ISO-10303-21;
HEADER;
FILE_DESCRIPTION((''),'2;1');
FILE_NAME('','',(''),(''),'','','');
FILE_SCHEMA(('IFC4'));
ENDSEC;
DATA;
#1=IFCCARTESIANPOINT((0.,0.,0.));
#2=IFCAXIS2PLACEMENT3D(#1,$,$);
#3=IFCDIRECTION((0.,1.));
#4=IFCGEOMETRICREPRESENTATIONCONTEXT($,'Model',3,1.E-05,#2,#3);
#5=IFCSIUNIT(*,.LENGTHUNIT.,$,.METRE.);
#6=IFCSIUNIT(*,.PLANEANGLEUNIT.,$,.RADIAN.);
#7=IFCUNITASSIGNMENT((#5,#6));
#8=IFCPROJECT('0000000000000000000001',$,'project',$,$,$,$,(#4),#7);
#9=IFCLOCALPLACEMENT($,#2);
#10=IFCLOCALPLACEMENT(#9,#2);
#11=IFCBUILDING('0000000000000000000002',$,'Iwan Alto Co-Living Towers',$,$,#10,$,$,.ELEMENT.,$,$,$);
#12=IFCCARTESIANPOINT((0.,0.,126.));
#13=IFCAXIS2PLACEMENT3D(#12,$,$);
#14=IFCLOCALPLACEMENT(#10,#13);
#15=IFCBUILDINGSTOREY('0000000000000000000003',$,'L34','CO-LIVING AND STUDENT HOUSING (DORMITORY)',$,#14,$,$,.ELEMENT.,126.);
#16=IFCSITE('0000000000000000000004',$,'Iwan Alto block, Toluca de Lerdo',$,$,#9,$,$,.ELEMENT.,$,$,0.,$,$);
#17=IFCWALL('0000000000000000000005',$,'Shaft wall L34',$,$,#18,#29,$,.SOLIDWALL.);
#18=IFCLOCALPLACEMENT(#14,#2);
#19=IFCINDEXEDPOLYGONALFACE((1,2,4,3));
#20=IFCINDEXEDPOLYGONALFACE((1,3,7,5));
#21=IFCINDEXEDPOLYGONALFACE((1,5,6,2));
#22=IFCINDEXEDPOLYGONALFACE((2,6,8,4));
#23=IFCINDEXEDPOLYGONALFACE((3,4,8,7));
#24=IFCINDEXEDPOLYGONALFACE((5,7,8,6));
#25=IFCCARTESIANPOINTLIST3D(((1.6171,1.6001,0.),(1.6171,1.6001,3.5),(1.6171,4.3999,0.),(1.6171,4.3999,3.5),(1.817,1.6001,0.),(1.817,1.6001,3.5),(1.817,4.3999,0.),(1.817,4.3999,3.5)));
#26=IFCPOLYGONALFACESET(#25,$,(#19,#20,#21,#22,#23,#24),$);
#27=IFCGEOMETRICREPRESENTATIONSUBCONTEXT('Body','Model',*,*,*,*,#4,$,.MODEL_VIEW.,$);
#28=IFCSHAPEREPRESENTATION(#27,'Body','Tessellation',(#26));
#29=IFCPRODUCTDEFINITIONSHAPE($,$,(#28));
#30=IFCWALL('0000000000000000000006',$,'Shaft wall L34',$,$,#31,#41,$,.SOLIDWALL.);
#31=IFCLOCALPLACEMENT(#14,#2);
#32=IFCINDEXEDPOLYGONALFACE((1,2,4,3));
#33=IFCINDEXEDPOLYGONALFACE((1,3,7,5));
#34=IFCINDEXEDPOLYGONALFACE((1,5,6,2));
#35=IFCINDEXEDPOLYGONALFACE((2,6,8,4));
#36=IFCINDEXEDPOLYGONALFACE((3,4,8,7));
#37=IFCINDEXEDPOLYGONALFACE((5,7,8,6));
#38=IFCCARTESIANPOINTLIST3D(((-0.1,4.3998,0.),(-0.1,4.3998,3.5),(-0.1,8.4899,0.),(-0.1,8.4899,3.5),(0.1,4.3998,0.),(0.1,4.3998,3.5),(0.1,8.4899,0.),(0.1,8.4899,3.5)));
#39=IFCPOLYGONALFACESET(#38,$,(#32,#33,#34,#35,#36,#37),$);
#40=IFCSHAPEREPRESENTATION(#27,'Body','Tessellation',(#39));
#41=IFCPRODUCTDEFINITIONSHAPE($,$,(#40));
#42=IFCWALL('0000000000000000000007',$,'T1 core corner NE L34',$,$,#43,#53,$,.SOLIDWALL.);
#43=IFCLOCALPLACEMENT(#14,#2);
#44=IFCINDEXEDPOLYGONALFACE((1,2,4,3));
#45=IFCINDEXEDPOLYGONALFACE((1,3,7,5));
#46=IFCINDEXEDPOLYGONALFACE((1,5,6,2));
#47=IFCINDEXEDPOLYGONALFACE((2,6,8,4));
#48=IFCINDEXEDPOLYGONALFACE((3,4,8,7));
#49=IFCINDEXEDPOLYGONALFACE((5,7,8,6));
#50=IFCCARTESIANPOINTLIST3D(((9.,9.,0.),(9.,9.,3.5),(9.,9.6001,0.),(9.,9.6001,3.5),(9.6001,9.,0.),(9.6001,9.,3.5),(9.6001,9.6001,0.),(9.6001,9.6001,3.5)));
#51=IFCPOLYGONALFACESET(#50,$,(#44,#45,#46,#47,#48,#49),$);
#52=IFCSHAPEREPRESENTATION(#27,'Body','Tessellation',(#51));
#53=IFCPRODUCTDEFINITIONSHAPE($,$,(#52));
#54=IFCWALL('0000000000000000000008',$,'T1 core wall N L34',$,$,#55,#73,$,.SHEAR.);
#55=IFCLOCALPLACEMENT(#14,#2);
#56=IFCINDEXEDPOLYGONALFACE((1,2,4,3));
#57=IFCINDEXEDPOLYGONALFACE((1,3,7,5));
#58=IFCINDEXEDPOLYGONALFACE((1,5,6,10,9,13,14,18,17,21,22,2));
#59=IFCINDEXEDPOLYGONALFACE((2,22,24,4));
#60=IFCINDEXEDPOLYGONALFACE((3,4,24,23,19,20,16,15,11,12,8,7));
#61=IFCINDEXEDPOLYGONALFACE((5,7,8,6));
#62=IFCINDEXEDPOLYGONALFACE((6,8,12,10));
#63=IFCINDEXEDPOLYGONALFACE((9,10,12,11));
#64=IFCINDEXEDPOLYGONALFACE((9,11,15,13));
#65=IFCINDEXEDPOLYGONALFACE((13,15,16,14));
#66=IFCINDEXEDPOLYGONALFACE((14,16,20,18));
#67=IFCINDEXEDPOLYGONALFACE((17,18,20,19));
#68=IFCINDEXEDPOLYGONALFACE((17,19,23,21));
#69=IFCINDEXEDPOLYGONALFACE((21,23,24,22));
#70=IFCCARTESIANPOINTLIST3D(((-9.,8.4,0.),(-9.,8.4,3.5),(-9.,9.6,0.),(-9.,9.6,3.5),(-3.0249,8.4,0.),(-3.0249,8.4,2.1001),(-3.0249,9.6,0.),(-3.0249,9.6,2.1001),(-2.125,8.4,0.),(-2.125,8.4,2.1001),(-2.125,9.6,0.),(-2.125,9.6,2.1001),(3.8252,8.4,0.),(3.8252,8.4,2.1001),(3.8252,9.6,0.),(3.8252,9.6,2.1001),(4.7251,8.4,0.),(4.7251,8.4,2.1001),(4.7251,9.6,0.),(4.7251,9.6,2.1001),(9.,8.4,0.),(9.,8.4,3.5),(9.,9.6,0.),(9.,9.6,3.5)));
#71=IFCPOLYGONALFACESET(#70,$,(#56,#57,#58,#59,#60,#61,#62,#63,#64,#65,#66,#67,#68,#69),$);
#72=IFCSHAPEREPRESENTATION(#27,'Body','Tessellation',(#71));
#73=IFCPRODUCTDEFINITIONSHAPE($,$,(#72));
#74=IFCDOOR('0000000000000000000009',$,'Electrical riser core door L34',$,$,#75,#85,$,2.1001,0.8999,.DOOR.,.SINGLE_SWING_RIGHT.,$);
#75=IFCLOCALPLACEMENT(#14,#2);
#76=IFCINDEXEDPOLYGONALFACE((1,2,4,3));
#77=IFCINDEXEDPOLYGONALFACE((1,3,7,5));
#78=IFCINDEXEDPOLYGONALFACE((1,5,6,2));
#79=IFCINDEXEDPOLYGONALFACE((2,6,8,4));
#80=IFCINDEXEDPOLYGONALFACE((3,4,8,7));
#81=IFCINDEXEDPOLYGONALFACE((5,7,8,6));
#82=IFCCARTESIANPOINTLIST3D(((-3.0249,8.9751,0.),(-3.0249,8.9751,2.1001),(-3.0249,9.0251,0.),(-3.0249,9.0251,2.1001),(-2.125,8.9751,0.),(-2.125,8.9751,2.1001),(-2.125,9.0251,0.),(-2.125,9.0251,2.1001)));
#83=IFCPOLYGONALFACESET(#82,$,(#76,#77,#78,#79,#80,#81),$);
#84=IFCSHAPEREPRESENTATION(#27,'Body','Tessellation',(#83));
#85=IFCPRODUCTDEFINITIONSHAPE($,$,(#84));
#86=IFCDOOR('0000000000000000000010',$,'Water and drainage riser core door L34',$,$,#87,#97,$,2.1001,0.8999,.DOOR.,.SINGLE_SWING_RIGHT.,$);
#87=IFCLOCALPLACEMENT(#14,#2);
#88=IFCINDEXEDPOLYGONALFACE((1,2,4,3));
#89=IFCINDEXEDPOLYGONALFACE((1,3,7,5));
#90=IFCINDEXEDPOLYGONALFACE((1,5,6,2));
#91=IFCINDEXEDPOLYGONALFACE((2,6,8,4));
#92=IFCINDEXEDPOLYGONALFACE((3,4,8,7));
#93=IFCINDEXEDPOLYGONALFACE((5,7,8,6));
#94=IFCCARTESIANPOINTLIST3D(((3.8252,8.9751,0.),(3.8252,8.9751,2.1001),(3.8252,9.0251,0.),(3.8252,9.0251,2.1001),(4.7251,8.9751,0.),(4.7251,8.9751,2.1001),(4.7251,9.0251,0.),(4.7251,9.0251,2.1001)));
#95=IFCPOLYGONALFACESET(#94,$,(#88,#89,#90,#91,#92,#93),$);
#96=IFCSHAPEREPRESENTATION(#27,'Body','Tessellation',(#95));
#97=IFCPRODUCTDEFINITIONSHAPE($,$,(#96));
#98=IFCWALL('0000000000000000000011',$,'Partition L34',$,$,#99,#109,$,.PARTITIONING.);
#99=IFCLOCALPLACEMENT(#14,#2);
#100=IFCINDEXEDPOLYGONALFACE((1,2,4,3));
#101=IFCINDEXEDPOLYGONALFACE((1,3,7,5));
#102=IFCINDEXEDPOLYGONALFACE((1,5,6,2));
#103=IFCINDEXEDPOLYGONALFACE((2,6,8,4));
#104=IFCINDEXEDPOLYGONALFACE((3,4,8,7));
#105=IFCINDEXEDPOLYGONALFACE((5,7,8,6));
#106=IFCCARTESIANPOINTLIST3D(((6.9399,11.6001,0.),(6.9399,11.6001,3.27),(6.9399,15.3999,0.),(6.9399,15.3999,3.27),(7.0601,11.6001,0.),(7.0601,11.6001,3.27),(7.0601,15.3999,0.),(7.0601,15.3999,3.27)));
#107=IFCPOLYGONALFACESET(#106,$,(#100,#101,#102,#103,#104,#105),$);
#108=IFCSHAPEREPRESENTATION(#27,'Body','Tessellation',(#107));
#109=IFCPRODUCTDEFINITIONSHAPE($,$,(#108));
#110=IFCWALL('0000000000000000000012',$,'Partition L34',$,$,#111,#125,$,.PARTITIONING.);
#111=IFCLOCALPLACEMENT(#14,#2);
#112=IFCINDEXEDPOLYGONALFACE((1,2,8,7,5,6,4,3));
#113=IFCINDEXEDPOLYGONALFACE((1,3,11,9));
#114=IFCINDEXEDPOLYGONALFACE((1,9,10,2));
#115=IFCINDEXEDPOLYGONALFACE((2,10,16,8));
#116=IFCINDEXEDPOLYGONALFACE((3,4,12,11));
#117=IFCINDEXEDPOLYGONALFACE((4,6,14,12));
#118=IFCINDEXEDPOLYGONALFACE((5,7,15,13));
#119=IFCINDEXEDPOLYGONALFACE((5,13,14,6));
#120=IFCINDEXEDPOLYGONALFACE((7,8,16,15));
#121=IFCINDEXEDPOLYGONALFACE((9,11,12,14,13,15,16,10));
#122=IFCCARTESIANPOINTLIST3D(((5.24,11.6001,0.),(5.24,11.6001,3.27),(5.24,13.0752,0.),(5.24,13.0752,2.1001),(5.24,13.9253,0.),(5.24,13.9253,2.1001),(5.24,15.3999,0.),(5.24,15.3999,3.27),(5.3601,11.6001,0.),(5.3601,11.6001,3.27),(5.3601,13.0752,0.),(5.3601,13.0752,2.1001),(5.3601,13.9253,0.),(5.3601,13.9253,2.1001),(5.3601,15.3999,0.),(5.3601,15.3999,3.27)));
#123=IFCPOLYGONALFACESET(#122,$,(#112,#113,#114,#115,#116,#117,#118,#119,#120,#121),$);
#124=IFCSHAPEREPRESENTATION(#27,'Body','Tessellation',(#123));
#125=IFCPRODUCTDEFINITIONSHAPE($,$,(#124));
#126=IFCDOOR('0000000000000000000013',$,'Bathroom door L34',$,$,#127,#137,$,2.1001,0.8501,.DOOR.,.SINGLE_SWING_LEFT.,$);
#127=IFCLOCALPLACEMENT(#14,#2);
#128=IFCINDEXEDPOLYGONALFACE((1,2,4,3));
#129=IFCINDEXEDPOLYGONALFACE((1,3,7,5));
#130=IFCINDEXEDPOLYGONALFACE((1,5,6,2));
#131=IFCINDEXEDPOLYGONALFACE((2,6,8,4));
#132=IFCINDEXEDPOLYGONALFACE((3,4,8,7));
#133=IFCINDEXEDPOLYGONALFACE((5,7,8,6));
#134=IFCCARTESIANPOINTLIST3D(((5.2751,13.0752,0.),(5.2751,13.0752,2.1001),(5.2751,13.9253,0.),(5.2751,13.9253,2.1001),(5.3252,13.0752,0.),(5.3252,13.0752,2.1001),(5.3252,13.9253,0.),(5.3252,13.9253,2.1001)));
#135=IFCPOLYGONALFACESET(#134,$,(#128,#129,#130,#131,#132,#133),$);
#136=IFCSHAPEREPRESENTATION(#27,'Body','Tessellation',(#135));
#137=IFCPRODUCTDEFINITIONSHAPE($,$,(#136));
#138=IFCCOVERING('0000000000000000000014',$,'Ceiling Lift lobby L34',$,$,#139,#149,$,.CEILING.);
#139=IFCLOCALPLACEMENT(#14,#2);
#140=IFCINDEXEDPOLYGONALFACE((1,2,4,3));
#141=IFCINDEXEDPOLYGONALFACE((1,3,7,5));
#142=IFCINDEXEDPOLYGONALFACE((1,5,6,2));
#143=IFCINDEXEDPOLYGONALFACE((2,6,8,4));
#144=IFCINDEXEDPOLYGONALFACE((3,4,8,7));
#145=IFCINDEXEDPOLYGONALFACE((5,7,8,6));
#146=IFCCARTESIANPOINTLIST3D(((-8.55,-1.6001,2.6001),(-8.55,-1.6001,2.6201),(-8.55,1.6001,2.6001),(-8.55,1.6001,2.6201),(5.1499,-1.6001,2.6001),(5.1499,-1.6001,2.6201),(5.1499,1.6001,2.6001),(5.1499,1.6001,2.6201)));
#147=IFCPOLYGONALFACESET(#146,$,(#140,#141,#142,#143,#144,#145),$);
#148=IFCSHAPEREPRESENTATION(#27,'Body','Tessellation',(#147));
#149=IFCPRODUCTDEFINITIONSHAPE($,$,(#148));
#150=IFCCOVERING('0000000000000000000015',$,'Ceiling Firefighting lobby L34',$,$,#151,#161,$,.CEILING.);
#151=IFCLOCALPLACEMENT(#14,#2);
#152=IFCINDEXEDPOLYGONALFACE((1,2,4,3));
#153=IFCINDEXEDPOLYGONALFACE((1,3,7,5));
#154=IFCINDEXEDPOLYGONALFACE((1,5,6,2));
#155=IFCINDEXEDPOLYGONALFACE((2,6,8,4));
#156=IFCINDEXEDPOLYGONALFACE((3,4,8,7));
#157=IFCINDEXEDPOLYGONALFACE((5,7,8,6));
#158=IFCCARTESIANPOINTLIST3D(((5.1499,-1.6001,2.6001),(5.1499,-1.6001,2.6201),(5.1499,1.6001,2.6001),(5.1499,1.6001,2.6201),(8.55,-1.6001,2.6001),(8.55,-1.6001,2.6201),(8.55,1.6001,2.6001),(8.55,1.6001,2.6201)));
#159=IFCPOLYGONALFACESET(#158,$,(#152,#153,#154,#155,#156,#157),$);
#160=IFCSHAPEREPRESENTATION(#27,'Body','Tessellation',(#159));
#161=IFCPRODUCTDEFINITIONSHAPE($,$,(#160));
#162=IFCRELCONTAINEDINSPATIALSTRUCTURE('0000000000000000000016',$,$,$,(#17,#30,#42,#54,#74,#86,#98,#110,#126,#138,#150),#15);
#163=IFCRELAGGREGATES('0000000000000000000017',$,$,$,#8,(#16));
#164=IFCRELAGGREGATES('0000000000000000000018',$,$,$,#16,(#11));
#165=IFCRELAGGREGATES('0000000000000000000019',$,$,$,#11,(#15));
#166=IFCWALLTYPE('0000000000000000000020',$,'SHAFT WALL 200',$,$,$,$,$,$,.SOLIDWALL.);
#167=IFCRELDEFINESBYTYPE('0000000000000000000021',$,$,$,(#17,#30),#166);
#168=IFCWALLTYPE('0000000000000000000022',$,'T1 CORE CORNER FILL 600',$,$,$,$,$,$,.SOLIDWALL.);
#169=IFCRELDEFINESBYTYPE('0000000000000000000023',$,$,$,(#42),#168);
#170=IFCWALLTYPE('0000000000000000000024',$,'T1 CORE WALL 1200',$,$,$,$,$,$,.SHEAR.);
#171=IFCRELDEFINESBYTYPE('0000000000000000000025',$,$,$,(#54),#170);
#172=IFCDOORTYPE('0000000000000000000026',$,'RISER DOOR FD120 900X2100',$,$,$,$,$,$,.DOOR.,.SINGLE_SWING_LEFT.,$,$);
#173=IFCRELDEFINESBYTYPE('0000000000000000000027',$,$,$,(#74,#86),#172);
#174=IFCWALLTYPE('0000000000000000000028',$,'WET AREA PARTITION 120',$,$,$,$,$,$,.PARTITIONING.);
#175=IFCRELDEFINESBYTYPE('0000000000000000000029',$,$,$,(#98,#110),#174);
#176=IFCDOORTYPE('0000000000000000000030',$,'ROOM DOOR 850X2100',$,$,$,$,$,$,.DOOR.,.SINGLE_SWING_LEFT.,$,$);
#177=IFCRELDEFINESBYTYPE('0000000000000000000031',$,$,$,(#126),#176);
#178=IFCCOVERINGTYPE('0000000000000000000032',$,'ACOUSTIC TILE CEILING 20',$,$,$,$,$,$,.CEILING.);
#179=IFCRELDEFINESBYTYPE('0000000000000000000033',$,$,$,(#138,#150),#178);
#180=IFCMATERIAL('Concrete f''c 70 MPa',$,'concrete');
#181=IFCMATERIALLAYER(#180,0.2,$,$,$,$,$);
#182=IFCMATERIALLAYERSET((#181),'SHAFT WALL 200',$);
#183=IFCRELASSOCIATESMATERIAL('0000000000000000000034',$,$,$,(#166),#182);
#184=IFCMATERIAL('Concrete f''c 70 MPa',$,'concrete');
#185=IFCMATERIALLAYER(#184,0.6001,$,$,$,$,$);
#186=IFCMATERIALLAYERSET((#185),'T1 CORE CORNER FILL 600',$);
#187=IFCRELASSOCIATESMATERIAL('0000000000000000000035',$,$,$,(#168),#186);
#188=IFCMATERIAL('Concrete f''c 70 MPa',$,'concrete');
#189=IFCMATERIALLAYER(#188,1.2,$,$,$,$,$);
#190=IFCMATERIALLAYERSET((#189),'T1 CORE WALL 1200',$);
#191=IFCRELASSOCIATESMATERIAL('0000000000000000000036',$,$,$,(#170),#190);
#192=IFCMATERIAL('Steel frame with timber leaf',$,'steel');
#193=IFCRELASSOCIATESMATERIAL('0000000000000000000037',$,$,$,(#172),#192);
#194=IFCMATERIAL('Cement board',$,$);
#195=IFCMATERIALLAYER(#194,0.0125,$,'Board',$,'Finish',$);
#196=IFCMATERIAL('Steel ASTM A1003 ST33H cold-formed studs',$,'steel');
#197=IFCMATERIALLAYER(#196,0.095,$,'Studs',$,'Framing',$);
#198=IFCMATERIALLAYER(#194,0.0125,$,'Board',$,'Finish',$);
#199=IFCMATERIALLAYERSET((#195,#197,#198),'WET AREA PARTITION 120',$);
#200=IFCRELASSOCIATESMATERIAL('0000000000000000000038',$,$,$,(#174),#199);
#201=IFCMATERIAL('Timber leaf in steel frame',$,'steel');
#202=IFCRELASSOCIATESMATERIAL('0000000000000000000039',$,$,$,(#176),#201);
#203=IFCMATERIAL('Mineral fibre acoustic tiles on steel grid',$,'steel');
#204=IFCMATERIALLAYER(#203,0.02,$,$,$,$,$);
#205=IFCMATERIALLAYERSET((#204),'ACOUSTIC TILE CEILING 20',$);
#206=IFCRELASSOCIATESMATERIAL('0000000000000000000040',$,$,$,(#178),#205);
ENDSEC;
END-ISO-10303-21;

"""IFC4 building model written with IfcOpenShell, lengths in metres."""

from ifc_helpers import new_model, si_unit, direction, frame, frame_2d, origin, place, context, subcontext, project, spatial, polyline, rectangle, outline, extrude, material, layer, layer_set, type_object, element, fill, save


model = new_model("IFC4")

# Units and contexts
model_context = context("Model", 3, precision=1e-05, world=origin(), true_north=direction((0.0, 1.0)))
body_context = subcontext(model_context, "Body", "Model", "MODEL_VIEW")
ifc_project = project(units=[si_unit("LENGTHUNIT", "METRE"), si_unit("PLANEANGLEUNIT", "RADIAN")], contexts=[model_context])

# Site, building, storey
site_placement = place(None, origin())
site = spatial("IfcSite", under=ifc_project, at=site_placement, Name="Iwan Alto block, Toluca de Lerdo", CompositionType="ELEMENT", RefElevation=0.0)
building_placement = place(site_placement, origin())
building = spatial("IfcBuilding", under=site, at=building_placement, Name="Iwan Alto Co-Living Towers", CompositionType="ELEMENT")
storey_placement = place(building_placement, frame((0.0, 0.0, 126.0)))
storey = spatial("IfcBuildingStorey", under=building, at=storey_placement, Name="L34", Description="CO-LIVING AND STUDENT HOUSING (DORMITORY)", CompositionType="ELEMENT", Elevation=126.0)

# Walls
ifc_material_1 = material(Name="Steel ASTM A1003 ST33H cold-formed studs", Category="steel")
ifc_material_2 = material(Name="Concrete f'c 70 MPa", Category="concrete")
ifc_layer_1 = layer(ifc_material_2, 0.2)
ifc_layer_set_1 = layer_set([ifc_layer_1], Name="SHAFT WALL 200")
wall_type_1 = type_object("IfcWallType", Name="SHAFT WALL 200", PredefinedType="SOLIDWALL", material=ifc_layer_set_1)
wall_1_placement = place(storey_placement, frame((1.717, 1.6001, 0.0), z_axis=(0.0, 0.0, 1.0), x_axis=(0.0, 1.0, 0.0)))
element("IfcWall", 1, at=wall_1_placement, inside=storey, type_object=wall_type_1, Name="Shaft wall L34", PredefinedType="SOLIDWALL", context=body_context, shape_type="SweptSolid", body=[
    extrude(rectangle(XDim=2.7998, YDim=0.2, at=frame_2d((1.3999, 0.0))), origin(), (0.0, 0.0, 1.0), 3.5),
])
wall_2_placement = place(storey_placement, frame((0.0, 4.3999, 0.0), z_axis=(0.0, 0.0, 1.0), x_axis=(0.0, 1.0, 0.0)))
element("IfcWall", 2, at=wall_2_placement, inside=storey, type_object=wall_type_1, Name="Shaft wall L34", PredefinedType="SOLIDWALL", context=body_context, shape_type="SweptSolid", body=[
    extrude(rectangle(XDim=4.0901, YDim=0.2, at=frame_2d((2.0449, 0.0))), origin(), (0.0, 0.0, 1.0), 3.5),
])
ifc_material_3 = material(Name="Concrete f'c 70 MPa", Category="concrete")
ifc_layer_2 = layer(ifc_material_3, 0.6001)
ifc_layer_set_2 = layer_set([ifc_layer_2], Name="T1 CORE CORNER FILL 600")
wall_type_2 = type_object("IfcWallType", Name="T1 CORE CORNER FILL 600", PredefinedType="SOLIDWALL", material=ifc_layer_set_2)
wall_3_placement = place(storey_placement, frame((9.0, 9.3, 0.0), z_axis=(0.0, 0.0, 1.0), x_axis=(1.0, 0.0, 0.0)))
element("IfcWall", 3, at=wall_3_placement, inside=storey, type_object=wall_type_2, Name="T1 core corner NE L34", PredefinedType="SOLIDWALL", context=body_context, shape_type="SweptSolid", body=[
    extrude(rectangle(XDim=0.6001, YDim=0.6001, at=frame_2d((0.3, 0.0))), origin(), (0.0, 0.0, 1.0), 3.5),
])

# Wall, openings, doors
ifc_material_4 = material(Name="Concrete f'c 70 MPa", Category="concrete")
ifc_layer_3 = layer(ifc_material_4, 1.2)
ifc_layer_set_3 = layer_set([ifc_layer_3], Name="T1 CORE WALL 1200")
wall_type_3 = type_object("IfcWallType", Name="T1 CORE WALL 1200", PredefinedType="SHEAR", material=ifc_layer_set_3)
wall_4_placement = place(storey_placement, frame((9.0, 9.0, 0.0), z_axis=(0.0, 0.0, 1.0), x_axis=(-1.0, 0.0, 0.0)))
wall_4 = element("IfcWall", 4, at=wall_4_placement, inside=storey, type_object=wall_type_3, Name="T1 core wall N L34", PredefinedType="SHEAR", context=body_context, shape_type="SweptSolid", body=[
    extrude(rectangle(XDim=18.0, YDim=1.2, at=frame_2d((9.0, 0.0))), origin(), (0.0, 0.0, 1.0), 3.5),
])
opening_1_placement = place(wall_4_placement, frame((11.125, 0.0, 0.0)))
opening_1 = element("IfcOpeningElement", 5, at=opening_1_placement, cuts=wall_4, PredefinedType="OPENING", context=body_context, shape_type="SweptSolid", body=[
    extrude(rectangle(XDim=0.8999, YDim=2.1001, at=frame_2d((0.45, 1.05))), frame((0.0, 0.6099, 0.0), z_axis=(0.0, -1.0, 0.0), x_axis=(1.0, 0.0, 0.0)), (0.0, 0.0, 1.0), 1.22),
])
opening_2_placement = place(wall_4_placement, frame((4.2749, 0.0, 0.0)))
opening_2 = element("IfcOpeningElement", 6, at=opening_2_placement, cuts=wall_4, PredefinedType="OPENING", context=body_context, shape_type="SweptSolid", body=[
    extrude(rectangle(XDim=0.8999, YDim=2.1001, at=frame_2d((0.45, 1.05))), frame((0.0, 0.6099, 0.0), z_axis=(0.0, -1.0, 0.0), x_axis=(1.0, 0.0, 0.0)), (0.0, 0.0, 1.0), 1.22),
])
ifc_material_5 = material(Name="Steel frame with timber leaf", Category="steel")
door_type_1 = type_object("IfcDoorType", Name="RISER DOOR FD120 900X2100", OperationType="SINGLE_SWING_LEFT", PredefinedType="DOOR", material=ifc_material_5)
door_1_placement = place(opening_1_placement, origin())
door_1 = element("IfcDoor", 7, at=door_1_placement, inside=storey, type_object=door_type_1, Name="Electrical riser core door L34", OperationType="SINGLE_SWING_RIGHT", OverallHeight=2.1001, OverallWidth=0.8999, PredefinedType="DOOR", context=body_context, shape_type="SweptSolid", body=[
    extrude(rectangle(XDim=0.8999, YDim=2.1001, at=frame_2d((0.45, 1.05))), frame((0.0, 0.0249, 0.0), z_axis=(0.0, -1.0, 0.0), x_axis=(1.0, 0.0, 0.0)), (0.0, 0.0, 1.0), 0.05),
])
fill(opening_1, door_1)
door_2_placement = place(opening_2_placement, origin())
door_2 = element("IfcDoor", 8, at=door_2_placement, inside=storey, type_object=door_type_1, Name="Water and drainage riser core door L34", OperationType="SINGLE_SWING_RIGHT", OverallHeight=2.1001, OverallWidth=0.8999, PredefinedType="DOOR", context=body_context, shape_type="SweptSolid", body=[
    extrude(rectangle(XDim=0.8999, YDim=2.1001, at=frame_2d((0.45, 1.05))), frame((0.0, 0.0249, 0.0), z_axis=(0.0, -1.0, 0.0), x_axis=(1.0, 0.0, 0.0)), (0.0, 0.0, 1.0), 0.05),
])
fill(opening_2, door_2)

# Wall
ifc_material_6 = material(Name="Cement board")
ifc_layer_4 = layer(ifc_material_6, 0.0125, Name="Board", Category="Finish")
ifc_layer_5 = layer(ifc_material_1, 0.095, Name="Studs", Category="Framing")
ifc_layer_6 = layer(ifc_material_6, 0.0125, Name="Board", Category="Finish")
ifc_layer_set_4 = layer_set([ifc_layer_4, ifc_layer_5, ifc_layer_6], Name="WET AREA PARTITION 120")
wall_type_4 = type_object("IfcWallType", Name="WET AREA PARTITION 120", PredefinedType="PARTITIONING", material=ifc_layer_set_4)
wall_5_placement = place(storey_placement, frame((7.0, 11.6001, 0.0), z_axis=(0.0, 0.0, 1.0), x_axis=(0.0, 1.0, 0.0)))
element("IfcWall", 9, at=wall_5_placement, inside=storey, type_object=wall_type_4, Name="Partition L34", PredefinedType="PARTITIONING", context=body_context, shape_type="SweptSolid", body=[
    extrude(rectangle(XDim=3.7998, YDim=0.1201, at=frame_2d((1.8999, 0.0))), origin(), (0.0, 0.0, 1.0), 3.27),
])

# Wall, opening, door
wall_6_placement = place(storey_placement, frame((5.3, 11.6001, 0.0), z_axis=(0.0, 0.0, 1.0), x_axis=(0.0, 1.0, 0.0)))
wall_6 = element("IfcWall", 10, at=wall_6_placement, inside=storey, type_object=wall_type_4, Name="Partition L34", PredefinedType="PARTITIONING", context=body_context, shape_type="SweptSolid", body=[
    extrude(rectangle(XDim=3.7998, YDim=0.1201, at=frame_2d((1.8999, 0.0))), origin(), (0.0, 0.0, 1.0), 3.27),
])
opening_3_placement = place(wall_6_placement, frame((1.4751, 0.0, 0.0)))
opening_3 = element("IfcOpeningElement", 11, at=opening_3_placement, cuts=wall_6, PredefinedType="OPENING", context=body_context, shape_type="SweptSolid", body=[
    extrude(rectangle(XDim=0.8501, YDim=2.1001, at=frame_2d((0.425, 1.05))), frame((0.0, 0.0701, 0.0), z_axis=(0.0, -1.0, 0.0), x_axis=(1.0, 0.0, 0.0)), (0.0, 0.0, 1.0), 0.1401),
])
ifc_material_7 = material(Name="Timber leaf in steel frame", Category="steel")
door_type_2 = type_object("IfcDoorType", Name="ROOM DOOR 850X2100", OperationType="SINGLE_SWING_LEFT", PredefinedType="DOOR", material=ifc_material_7)
door_3_placement = place(opening_3_placement, origin())
door_3 = element("IfcDoor", 12, at=door_3_placement, inside=storey, type_object=door_type_2, Name="Bathroom door L34", OperationType="SINGLE_SWING_LEFT", OverallHeight=2.1001, OverallWidth=0.8501, PredefinedType="DOOR", context=body_context, shape_type="SweptSolid", body=[
    extrude(rectangle(XDim=0.8501, YDim=2.1001, at=frame_2d((0.425, 1.05))), frame((0.0, 0.0249, 0.0), z_axis=(0.0, -1.0, 0.0), x_axis=(1.0, 0.0, 0.0)), (0.0, 0.0, 1.0), 0.05),
])
fill(opening_3, door_3)

# Coverings
ifc_material_8 = material(Name="Mineral fibre acoustic tiles on steel grid", Category="steel")
ifc_layer_7 = layer(ifc_material_8, 0.02)
ifc_layer_set_5 = layer_set([ifc_layer_7], Name="ACOUSTIC TILE CEILING 20")
covering_type_1 = type_object("IfcCoveringType", Name="ACOUSTIC TILE CEILING 20", PredefinedType="CEILING", material=ifc_layer_set_5)
covering_1_placement = place(storey_placement, frame((0.0, 0.0, 2.6001)))
element("IfcCovering", 13, at=covering_1_placement, inside=storey, type_object=covering_type_1, Name="Ceiling Lift lobby L34", PredefinedType="CEILING", context=body_context, shape_type="SweptSolid", body=[
    extrude(outline(polyline([(-8.55, -1.6001), (-8.55, 1.6001), (5.1499, 1.6001), (5.1499, -1.6001), (-8.55, -1.6001)])), origin(), (0.0, 0.0, 1.0), 0.02),
])
covering_2_placement = place(storey_placement, frame((0.0, 0.0, 2.6001)))
element("IfcCovering", 14, at=covering_2_placement, inside=storey, type_object=covering_type_1, Name="Ceiling Firefighting lobby L34", PredefinedType="CEILING", context=body_context, shape_type="SweptSolid", body=[
    extrude(outline(polyline([(5.1499, -1.6001), (5.1499, 1.6001), (8.55, 1.6001), (8.55, -1.6001), (5.1499, -1.6001)])), origin(), (0.0, 0.0, 1.0), 0.02),
])

save(model, "model.ifc")
